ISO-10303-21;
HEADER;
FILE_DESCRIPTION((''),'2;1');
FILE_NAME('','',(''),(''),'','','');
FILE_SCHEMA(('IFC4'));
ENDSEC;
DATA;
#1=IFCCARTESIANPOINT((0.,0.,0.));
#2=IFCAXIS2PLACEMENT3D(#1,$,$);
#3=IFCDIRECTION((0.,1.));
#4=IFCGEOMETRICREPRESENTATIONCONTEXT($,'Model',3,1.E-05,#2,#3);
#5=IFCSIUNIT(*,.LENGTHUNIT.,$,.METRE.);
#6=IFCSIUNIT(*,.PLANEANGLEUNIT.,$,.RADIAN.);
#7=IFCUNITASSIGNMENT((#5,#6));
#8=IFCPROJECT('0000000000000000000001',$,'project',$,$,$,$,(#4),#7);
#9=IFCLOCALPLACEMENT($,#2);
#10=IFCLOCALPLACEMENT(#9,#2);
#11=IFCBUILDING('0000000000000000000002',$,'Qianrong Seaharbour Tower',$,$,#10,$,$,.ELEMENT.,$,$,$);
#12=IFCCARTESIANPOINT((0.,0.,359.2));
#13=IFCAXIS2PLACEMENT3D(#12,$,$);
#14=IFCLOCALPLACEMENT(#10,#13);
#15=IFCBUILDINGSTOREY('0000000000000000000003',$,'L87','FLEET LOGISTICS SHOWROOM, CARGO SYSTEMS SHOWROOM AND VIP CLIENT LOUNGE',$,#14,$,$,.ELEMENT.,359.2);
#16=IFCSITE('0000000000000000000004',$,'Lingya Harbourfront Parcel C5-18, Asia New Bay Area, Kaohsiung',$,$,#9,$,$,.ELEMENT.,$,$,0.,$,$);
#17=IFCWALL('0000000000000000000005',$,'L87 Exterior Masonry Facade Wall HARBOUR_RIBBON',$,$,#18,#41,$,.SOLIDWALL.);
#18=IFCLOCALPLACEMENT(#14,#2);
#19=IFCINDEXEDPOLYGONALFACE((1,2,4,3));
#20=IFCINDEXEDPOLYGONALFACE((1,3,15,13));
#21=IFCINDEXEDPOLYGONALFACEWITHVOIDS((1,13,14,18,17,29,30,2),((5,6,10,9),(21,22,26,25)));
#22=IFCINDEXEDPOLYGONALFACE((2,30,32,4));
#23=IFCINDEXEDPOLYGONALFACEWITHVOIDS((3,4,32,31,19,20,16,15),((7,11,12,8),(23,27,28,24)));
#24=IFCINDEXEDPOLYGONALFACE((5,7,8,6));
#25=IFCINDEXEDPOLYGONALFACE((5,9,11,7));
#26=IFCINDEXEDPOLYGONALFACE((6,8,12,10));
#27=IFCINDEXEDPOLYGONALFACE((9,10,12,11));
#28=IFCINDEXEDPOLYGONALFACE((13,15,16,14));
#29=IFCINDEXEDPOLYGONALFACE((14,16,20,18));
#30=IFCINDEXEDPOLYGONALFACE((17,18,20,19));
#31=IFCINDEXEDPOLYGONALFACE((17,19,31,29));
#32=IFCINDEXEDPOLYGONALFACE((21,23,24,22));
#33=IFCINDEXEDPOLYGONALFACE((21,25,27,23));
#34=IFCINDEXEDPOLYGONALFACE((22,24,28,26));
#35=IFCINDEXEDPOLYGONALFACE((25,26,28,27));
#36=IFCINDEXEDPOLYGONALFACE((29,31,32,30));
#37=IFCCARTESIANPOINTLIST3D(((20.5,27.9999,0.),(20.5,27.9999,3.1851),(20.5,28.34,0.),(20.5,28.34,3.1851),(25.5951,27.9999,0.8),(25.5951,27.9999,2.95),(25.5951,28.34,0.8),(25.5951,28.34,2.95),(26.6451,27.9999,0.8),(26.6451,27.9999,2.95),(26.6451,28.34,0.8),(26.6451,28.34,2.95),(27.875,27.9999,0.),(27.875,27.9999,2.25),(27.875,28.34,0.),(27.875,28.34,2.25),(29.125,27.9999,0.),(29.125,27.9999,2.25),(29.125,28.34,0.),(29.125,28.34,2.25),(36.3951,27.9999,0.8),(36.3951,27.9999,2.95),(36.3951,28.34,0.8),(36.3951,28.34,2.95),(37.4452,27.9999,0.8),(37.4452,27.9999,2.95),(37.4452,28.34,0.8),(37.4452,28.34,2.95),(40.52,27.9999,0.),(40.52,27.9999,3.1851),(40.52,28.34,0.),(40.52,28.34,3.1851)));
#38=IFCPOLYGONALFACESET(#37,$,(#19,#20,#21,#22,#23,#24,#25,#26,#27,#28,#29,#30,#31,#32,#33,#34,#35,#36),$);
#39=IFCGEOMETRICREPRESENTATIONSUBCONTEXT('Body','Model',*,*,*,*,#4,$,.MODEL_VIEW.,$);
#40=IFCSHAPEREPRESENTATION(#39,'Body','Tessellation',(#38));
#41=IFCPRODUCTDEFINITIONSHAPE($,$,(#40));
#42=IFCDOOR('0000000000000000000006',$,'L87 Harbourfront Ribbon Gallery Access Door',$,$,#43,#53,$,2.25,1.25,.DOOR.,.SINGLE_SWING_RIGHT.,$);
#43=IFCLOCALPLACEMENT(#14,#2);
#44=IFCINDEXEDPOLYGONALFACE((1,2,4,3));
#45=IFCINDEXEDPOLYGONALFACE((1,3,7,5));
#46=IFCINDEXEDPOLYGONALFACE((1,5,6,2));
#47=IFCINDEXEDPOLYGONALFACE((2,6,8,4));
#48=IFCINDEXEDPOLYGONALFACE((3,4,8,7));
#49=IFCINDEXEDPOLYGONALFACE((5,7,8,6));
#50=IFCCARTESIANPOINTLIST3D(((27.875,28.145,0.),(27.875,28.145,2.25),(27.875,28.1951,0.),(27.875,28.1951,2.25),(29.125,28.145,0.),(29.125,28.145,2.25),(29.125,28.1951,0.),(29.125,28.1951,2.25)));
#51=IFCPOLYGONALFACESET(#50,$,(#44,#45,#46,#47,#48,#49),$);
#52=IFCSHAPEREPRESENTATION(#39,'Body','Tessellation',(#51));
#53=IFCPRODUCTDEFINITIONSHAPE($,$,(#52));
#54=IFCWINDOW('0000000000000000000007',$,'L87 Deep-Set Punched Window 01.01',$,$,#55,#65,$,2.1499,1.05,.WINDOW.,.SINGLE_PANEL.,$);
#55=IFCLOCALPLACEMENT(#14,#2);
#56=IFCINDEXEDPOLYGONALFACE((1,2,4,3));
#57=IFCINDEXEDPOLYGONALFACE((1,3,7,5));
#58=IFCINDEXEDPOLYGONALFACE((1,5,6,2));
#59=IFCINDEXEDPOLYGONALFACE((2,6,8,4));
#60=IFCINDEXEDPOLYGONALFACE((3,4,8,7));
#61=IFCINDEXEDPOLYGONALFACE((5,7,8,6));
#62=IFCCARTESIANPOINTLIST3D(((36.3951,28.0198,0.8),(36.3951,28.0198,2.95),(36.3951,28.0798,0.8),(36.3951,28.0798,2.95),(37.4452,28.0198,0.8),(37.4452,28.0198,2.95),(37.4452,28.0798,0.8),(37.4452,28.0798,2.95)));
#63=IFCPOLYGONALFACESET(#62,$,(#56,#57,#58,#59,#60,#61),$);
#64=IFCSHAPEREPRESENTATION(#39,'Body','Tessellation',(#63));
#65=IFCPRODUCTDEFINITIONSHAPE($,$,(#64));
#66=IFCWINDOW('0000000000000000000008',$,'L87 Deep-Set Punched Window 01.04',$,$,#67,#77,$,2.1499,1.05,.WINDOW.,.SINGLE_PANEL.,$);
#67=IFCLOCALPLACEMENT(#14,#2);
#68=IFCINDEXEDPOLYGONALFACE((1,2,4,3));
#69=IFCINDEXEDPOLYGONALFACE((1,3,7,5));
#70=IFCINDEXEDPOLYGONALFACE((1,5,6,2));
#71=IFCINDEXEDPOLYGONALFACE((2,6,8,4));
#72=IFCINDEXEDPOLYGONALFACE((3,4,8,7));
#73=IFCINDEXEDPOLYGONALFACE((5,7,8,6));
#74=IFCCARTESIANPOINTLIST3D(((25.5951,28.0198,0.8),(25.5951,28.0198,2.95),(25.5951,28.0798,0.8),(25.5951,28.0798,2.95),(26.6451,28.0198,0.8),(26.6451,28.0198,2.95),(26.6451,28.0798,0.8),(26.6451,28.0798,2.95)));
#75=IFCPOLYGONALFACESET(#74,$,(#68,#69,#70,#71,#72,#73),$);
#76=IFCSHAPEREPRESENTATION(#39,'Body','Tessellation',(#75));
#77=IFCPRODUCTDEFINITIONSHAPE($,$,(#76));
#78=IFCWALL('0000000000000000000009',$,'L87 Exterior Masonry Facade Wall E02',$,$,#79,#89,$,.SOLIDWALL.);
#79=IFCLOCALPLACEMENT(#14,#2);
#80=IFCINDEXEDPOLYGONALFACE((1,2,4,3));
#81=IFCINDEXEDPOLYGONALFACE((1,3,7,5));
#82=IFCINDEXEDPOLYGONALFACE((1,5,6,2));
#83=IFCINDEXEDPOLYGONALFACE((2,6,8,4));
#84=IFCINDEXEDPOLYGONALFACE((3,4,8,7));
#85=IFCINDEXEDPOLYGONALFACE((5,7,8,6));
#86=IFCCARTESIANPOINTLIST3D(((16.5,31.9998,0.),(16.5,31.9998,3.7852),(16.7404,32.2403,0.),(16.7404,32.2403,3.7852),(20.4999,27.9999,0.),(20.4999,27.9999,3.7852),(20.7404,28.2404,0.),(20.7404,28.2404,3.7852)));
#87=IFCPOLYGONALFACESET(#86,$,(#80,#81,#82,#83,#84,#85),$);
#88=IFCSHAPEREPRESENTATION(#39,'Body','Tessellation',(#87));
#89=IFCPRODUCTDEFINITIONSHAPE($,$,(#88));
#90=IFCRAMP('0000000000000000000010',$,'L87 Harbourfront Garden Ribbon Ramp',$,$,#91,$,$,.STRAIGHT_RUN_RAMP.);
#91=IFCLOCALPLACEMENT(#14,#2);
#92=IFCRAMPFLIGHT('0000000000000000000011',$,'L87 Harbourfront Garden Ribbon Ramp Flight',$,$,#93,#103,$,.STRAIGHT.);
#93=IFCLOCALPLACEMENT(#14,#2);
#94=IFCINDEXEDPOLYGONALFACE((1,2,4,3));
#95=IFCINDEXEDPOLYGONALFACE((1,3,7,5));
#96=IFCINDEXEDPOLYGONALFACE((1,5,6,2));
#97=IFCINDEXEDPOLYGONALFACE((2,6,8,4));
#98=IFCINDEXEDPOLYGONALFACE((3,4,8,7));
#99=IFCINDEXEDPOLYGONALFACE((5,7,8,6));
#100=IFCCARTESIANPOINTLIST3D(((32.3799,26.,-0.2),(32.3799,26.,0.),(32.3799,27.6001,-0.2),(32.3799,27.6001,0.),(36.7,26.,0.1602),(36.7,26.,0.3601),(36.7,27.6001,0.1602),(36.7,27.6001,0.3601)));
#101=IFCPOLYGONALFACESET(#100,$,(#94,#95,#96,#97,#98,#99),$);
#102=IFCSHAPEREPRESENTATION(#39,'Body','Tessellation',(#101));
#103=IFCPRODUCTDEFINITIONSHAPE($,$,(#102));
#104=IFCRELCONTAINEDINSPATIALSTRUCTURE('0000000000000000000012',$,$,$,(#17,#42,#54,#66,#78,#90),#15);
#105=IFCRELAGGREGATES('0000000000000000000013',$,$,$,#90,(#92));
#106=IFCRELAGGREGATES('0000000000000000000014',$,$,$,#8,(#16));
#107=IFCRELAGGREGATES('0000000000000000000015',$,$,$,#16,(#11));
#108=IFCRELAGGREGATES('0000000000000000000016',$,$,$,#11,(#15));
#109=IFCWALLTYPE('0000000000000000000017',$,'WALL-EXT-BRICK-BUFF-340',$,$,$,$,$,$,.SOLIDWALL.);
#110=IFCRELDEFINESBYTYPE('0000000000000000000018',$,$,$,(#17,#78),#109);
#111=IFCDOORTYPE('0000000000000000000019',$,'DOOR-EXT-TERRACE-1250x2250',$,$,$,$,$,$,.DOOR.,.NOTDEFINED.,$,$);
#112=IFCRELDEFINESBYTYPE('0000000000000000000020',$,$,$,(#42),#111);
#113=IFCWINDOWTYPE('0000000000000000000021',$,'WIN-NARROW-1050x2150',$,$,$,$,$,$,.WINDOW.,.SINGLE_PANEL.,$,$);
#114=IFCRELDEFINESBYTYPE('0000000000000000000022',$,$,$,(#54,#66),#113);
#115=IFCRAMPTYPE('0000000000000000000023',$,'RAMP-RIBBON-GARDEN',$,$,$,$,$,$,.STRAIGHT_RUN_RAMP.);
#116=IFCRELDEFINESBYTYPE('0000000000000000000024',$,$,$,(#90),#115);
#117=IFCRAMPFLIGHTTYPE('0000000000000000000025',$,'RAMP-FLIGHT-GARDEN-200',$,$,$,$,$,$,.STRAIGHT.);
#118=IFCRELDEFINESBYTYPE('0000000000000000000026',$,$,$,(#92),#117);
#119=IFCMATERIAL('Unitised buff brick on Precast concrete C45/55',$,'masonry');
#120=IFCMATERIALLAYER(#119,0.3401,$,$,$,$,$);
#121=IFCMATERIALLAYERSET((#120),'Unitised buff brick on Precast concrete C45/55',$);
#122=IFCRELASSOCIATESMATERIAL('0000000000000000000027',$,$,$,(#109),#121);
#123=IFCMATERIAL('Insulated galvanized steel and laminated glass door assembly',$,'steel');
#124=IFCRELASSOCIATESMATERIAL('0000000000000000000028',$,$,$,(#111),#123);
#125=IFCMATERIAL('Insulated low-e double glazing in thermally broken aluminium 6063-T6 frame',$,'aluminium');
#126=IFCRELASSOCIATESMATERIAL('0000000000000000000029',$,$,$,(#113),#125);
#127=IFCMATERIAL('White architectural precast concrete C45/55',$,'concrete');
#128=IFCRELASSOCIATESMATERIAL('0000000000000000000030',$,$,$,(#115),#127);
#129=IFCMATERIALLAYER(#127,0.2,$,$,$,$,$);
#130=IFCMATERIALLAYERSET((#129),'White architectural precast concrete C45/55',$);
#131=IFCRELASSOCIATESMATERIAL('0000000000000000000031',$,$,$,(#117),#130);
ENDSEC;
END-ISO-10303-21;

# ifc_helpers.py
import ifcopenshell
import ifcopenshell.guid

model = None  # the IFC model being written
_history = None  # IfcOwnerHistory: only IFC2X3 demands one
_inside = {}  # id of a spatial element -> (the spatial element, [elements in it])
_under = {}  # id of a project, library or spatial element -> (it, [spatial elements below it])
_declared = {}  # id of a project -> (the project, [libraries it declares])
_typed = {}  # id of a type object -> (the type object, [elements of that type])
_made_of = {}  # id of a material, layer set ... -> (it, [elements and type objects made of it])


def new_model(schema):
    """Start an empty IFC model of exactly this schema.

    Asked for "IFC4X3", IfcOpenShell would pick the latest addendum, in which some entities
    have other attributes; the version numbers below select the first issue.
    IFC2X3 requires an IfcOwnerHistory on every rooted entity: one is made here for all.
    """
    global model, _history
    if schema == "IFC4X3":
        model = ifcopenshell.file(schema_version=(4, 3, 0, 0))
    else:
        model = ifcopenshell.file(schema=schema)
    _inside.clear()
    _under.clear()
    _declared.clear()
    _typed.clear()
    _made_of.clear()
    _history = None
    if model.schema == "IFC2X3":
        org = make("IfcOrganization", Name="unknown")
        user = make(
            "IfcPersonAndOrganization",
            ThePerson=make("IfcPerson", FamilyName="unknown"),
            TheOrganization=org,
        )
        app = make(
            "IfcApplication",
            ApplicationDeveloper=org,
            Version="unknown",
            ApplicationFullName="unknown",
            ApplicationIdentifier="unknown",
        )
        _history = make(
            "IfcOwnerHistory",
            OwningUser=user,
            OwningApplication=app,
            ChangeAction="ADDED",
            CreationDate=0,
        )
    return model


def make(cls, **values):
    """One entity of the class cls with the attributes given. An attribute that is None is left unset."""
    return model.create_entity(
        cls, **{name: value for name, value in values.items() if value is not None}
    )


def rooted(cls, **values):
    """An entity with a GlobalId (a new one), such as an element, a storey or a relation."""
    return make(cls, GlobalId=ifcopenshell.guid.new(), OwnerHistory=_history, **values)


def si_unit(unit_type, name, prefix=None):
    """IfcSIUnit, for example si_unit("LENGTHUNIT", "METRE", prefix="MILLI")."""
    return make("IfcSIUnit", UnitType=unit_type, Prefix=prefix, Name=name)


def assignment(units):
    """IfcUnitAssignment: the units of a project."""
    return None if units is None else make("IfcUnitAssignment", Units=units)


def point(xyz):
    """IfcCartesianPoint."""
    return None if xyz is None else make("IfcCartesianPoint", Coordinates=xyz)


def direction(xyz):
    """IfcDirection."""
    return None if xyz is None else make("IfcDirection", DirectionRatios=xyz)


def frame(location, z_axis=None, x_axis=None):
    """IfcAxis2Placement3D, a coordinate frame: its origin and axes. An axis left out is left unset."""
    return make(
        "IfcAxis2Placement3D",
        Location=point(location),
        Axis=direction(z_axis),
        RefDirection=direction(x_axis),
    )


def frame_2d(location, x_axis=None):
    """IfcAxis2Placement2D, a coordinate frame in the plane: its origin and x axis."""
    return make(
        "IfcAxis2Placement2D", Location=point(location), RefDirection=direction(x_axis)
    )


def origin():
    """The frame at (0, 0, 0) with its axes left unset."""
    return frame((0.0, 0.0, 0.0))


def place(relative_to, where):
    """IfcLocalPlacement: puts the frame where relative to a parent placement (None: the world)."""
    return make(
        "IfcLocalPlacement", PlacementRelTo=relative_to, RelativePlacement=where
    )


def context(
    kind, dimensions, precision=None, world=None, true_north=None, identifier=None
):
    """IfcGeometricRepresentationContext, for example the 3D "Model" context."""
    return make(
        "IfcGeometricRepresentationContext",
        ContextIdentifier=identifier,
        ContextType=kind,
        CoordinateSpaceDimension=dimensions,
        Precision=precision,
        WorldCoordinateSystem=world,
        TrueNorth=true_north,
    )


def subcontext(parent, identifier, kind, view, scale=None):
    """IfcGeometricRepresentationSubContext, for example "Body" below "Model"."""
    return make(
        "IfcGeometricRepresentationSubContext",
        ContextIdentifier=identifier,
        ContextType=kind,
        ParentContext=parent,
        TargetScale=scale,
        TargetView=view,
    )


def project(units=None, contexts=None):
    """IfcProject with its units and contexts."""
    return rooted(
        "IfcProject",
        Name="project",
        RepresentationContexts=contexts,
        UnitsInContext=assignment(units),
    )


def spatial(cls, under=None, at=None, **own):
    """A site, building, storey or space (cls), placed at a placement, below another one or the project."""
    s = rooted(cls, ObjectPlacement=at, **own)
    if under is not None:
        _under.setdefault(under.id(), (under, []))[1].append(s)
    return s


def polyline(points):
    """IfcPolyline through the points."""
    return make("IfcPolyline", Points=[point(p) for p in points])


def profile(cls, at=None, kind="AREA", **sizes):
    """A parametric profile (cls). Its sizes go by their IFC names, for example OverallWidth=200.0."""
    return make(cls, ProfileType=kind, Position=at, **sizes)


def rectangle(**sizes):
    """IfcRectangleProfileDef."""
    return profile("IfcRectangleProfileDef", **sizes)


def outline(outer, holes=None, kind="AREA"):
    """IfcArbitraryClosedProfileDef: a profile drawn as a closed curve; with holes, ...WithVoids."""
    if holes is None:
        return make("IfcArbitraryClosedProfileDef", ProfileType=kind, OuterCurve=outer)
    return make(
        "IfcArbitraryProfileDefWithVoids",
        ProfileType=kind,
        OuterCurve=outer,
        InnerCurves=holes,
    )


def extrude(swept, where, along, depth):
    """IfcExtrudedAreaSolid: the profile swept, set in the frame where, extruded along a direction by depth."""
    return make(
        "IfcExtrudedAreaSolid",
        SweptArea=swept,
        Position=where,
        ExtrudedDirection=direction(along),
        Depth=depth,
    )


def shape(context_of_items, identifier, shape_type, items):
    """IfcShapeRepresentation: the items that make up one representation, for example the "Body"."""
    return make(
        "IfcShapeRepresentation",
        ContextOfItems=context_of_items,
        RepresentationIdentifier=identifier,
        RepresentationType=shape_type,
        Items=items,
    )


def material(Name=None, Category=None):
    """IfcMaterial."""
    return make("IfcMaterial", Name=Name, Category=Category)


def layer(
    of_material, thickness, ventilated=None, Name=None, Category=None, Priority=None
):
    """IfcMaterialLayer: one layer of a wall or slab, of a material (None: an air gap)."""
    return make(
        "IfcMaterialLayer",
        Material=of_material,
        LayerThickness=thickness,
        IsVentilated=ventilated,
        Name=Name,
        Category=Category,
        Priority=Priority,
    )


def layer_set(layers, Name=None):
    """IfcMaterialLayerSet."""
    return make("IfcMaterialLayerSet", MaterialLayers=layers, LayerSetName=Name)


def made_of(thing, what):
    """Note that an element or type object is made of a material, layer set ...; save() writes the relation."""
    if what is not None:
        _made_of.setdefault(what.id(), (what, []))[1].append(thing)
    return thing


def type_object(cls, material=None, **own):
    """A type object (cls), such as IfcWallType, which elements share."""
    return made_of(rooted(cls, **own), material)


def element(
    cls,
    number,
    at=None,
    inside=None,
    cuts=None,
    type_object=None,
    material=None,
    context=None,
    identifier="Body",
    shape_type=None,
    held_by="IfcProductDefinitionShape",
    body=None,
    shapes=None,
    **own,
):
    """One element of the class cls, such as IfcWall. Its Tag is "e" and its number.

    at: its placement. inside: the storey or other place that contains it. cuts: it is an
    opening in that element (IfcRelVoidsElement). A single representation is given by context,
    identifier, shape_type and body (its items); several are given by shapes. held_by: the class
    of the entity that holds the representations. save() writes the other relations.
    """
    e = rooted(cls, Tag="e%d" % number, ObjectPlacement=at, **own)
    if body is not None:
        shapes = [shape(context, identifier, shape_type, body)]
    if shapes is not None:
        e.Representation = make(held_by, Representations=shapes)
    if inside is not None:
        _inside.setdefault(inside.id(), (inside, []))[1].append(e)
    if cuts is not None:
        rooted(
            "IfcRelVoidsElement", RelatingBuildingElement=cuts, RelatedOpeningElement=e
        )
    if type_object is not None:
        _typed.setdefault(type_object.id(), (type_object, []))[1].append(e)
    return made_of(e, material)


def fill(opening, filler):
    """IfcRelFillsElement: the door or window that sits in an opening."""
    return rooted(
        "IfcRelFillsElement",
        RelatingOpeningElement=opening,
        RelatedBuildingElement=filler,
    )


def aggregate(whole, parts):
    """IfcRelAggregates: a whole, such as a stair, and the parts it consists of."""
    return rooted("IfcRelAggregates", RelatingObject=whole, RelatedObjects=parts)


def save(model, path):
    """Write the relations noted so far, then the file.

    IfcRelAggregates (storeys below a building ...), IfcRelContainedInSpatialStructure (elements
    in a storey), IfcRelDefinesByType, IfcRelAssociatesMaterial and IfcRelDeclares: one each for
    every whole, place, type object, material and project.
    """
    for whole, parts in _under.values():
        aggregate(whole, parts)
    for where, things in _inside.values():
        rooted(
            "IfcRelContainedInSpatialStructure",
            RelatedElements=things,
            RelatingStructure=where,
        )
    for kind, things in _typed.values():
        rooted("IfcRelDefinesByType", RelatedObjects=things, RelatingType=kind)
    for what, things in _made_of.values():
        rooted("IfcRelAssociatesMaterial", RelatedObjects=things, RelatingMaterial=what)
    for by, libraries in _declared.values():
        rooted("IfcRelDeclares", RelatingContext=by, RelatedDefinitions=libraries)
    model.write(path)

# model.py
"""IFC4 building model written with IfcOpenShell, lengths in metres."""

from ifc_helpers import new_model, si_unit, direction, frame, frame_2d, origin, place, context, subcontext, project, spatial, polyline, rectangle, outline, extrude, material, layer, layer_set, type_object, element, fill, aggregate, save


model = new_model("IFC4")

# Units and contexts
model_context = context("Model", 3, precision=1e-05, world=origin(), true_north=direction((0.0, 1.0)))
body_context = subcontext(model_context, "Body", "Model", "MODEL_VIEW")
ifc_project = project(units=[si_unit("LENGTHUNIT", "METRE"), si_unit("PLANEANGLEUNIT", "RADIAN")], contexts=[model_context])

# Site, building, storey
site_placement = place(None, origin())
site = spatial("IfcSite", under=ifc_project, at=site_placement, Name="Lingya Harbourfront Parcel C5-18, Asia New Bay Area, Kaohsiung", CompositionType="ELEMENT", RefElevation=0.0)
building_placement = place(site_placement, origin())
building = spatial("IfcBuilding", under=site, at=building_placement, Name="Qianrong Seaharbour Tower", CompositionType="ELEMENT")
storey_placement = place(building_placement, frame((0.0, 0.0, 359.2)))
storey = spatial("IfcBuildingStorey", under=building, at=storey_placement, Name="L87", Description="FLEET LOGISTICS SHOWROOM, CARGO SYSTEMS SHOWROOM AND VIP CLIENT LOUNGE", CompositionType="ELEMENT", Elevation=359.2)

# Shared definitions
ifc_material_1 = material(Name="Unitised buff brick on Precast concrete C45/55", Category="masonry")
ifc_layer_1 = layer(ifc_material_1, 0.3401)
ifc_layer_set_1 = layer_set([ifc_layer_1], Name="Unitised buff brick on Precast concrete C45/55")
wall_type_1 = type_object("IfcWallType", Name="WALL-EXT-BRICK-BUFF-340", PredefinedType="SOLIDWALL", material=ifc_layer_set_1)

# Wall, openings, door, windows
wall_1_placement = place(storey_placement, frame((40.52, 28.1699, 0.0), z_axis=(0.0, 0.0, 1.0), x_axis=(-1.0, 0.0, 0.0)))
wall_1 = element("IfcWall", 1, at=wall_1_placement, inside=storey, type_object=wall_type_1, Name="L87 Exterior Masonry Facade Wall HARBOUR_RIBBON", PredefinedType="SOLIDWALL", context=body_context, shape_type="SweptSolid", body=[
    extrude(rectangle(XDim=20.02, YDim=0.3401, at=frame_2d((10.01, 0.0))), origin(), (0.0, 0.0, 1.0), 3.1851),
])
opening_1_placement = place(wall_1_placement, frame((3.075, 0.0, 0.8)))
opening_1 = element("IfcOpeningElement", 2, at=opening_1_placement, cuts=wall_1, PredefinedType="OPENING", context=body_context, shape_type="SweptSolid", body=[
    extrude(rectangle(XDim=1.05, YDim=2.1499, at=frame_2d((0.5249, 1.075))), frame((0.0, 0.1802, 0.0), z_axis=(0.0, -1.0, 0.0), x_axis=(1.0, 0.0, 0.0)), (0.0, 0.0, 1.0), 0.3601),
])
opening_2_placement = place(wall_1_placement, frame((13.875, 0.0, 0.8)))
opening_2 = element("IfcOpeningElement", 3, at=opening_2_placement, cuts=wall_1, PredefinedType="OPENING", context=body_context, shape_type="SweptSolid", body=[
    extrude(rectangle(XDim=1.05, YDim=2.1499, at=frame_2d((0.5249, 1.075))), frame((0.0, 0.1802, 0.0), z_axis=(0.0, -1.0, 0.0), x_axis=(1.0, 0.0, 0.0)), (0.0, 0.0, 1.0), 0.3601),
])
opening_3_placement = place(wall_1_placement, frame((11.395, 0.0, 0.0)))
opening_3 = element("IfcOpeningElement", 4, at=opening_3_placement, cuts=wall_1, PredefinedType="OPENING", context=body_context, shape_type="SweptSolid", body=[
    extrude(rectangle(XDim=1.25, YDim=2.25, at=frame_2d((0.625, 1.125))), frame((0.0, 0.1802, 0.0), z_axis=(0.0, -1.0, 0.0), x_axis=(1.0, 0.0, 0.0)), (0.0, 0.0, 1.0), 0.3601),
])
ifc_material_2 = material(Name="Insulated galvanized steel and laminated glass door assembly", Category="steel")
door_type_1 = type_object("IfcDoorType", Name="DOOR-EXT-TERRACE-1250x2250", OperationType="NOTDEFINED", PredefinedType="DOOR", material=ifc_material_2)
door_1_placement = place(opening_3_placement, origin())
door_1 = element("IfcDoor", 5, at=door_1_placement, inside=storey, type_object=door_type_1, Name="L87 Harbourfront Ribbon Gallery Access Door", OperationType="SINGLE_SWING_RIGHT", OverallHeight=2.25, OverallWidth=1.25, PredefinedType="DOOR", context=body_context, shape_type="SweptSolid", body=[
    extrude(rectangle(XDim=1.25, YDim=2.25, at=frame_2d((0.625, 1.125))), frame((0.0, 0.0249, 0.0), z_axis=(0.0, -1.0, 0.0), x_axis=(1.0, 0.0, 0.0)), (0.0, 0.0, 1.0), 0.05),
])
fill(opening_3, door_1)
ifc_material_3 = material(Name="Insulated low-e double glazing in thermally broken aluminium 6063-T6 frame", Category="aluminium")
window_type = type_object("IfcWindowType", Name="WIN-NARROW-1050x2150", PartitioningType="SINGLE_PANEL", PredefinedType="WINDOW", material=ifc_material_3)
window_1_placement = place(opening_1_placement, origin())
window_1 = element("IfcWindow", 6, at=window_1_placement, inside=storey, type_object=window_type, Name="L87 Deep-Set Punched Window 01.01", OverallHeight=2.1499, OverallWidth=1.05, PartitioningType="SINGLE_PANEL", PredefinedType="WINDOW", context=body_context, shape_type="SweptSolid", body=[
    extrude(rectangle(XDim=1.05, YDim=2.1499, at=frame_2d((0.5249, 1.075))), frame((0.0, 0.1501, 0.0), z_axis=(0.0, -1.0, 0.0), x_axis=(1.0, 0.0, 0.0)), (0.0, 0.0, 1.0), 0.0601),
])
fill(opening_1, window_1)
window_2_placement = place(opening_2_placement, origin())
window_2 = element("IfcWindow", 7, at=window_2_placement, inside=storey, type_object=window_type, Name="L87 Deep-Set Punched Window 01.04", OverallHeight=2.1499, OverallWidth=1.05, PartitioningType="SINGLE_PANEL", PredefinedType="WINDOW", context=body_context, shape_type="SweptSolid", body=[
    extrude(rectangle(XDim=1.05, YDim=2.1499, at=frame_2d((0.5249, 1.075))), frame((0.0, 0.1501, 0.0), z_axis=(0.0, -1.0, 0.0), x_axis=(1.0, 0.0, 0.0)), (0.0, 0.0, 1.0), 0.0601),
])
fill(opening_2, window_2)

# Wall
wall_2_placement = place(storey_placement, frame((20.6201, 28.1201, 0.0), z_axis=(0.0, 0.0, 1.0), x_axis=(-0.707107, 0.707107, 0.0)))
element("IfcWall", 8, at=wall_2_placement, inside=storey, type_object=wall_type_1, Name="L87 Exterior Masonry Facade Wall E02", PredefinedType="SOLIDWALL", context=body_context, shape_type="SweptSolid", body=[
    extrude(rectangle(XDim=5.6567, YDim=0.3401, at=frame_2d((2.8284, 0.0))), origin(), (0.0, 0.0, 1.0), 3.7852),
])

# Ramp, ramp flight
ifc_material_4 = material(Name="White architectural precast concrete C45/55", Category="concrete")
ramp_type = type_object("IfcRampType", Name="RAMP-RIBBON-GARDEN", PredefinedType="STRAIGHT_RUN_RAMP", material=ifc_material_4)
ramp_placement = place(storey_placement, origin())
ramp = element("IfcRamp", 9, at=ramp_placement, inside=storey, type_object=ramp_type, Name="L87 Harbourfront Garden Ribbon Ramp", PredefinedType="STRAIGHT_RUN_RAMP")
ifc_layer_2 = layer(ifc_material_4, 0.2)
ifc_layer_set_2 = layer_set([ifc_layer_2], Name="White architectural precast concrete C45/55")
ramp_flight_type = type_object("IfcRampFlightType", Name="RAMP-FLIGHT-GARDEN-200", PredefinedType="STRAIGHT", material=ifc_layer_set_2)
ramp_flight_placement = place(storey_placement, frame((32.3799, 26.8, 0.0), z_axis=(0.0, 0.0, 1.0), x_axis=(1.0, 0.0, 0.0)))
ramp_flight = element("IfcRampFlight", 10, at=ramp_flight_placement, type_object=ramp_flight_type, Name="L87 Harbourfront Garden Ribbon Ramp Flight", PredefinedType="STRAIGHT", context=body_context, shape_type="SweptSolid", body=[
    extrude(outline(polyline([(0.0, 0.0), (4.3201, 0.3601), (4.3201, 0.1602), (0.0, -0.2), (0.0, 0.0)])), frame((0.0, 0.8, 0.0), z_axis=(0.0, -1.0, 0.0), x_axis=(1.0, 0.0, 0.0)), (0.0, 0.0, 1.0), 1.6001),
])
aggregate(ramp, [ramp_flight])

save(model, "model.ifc")
